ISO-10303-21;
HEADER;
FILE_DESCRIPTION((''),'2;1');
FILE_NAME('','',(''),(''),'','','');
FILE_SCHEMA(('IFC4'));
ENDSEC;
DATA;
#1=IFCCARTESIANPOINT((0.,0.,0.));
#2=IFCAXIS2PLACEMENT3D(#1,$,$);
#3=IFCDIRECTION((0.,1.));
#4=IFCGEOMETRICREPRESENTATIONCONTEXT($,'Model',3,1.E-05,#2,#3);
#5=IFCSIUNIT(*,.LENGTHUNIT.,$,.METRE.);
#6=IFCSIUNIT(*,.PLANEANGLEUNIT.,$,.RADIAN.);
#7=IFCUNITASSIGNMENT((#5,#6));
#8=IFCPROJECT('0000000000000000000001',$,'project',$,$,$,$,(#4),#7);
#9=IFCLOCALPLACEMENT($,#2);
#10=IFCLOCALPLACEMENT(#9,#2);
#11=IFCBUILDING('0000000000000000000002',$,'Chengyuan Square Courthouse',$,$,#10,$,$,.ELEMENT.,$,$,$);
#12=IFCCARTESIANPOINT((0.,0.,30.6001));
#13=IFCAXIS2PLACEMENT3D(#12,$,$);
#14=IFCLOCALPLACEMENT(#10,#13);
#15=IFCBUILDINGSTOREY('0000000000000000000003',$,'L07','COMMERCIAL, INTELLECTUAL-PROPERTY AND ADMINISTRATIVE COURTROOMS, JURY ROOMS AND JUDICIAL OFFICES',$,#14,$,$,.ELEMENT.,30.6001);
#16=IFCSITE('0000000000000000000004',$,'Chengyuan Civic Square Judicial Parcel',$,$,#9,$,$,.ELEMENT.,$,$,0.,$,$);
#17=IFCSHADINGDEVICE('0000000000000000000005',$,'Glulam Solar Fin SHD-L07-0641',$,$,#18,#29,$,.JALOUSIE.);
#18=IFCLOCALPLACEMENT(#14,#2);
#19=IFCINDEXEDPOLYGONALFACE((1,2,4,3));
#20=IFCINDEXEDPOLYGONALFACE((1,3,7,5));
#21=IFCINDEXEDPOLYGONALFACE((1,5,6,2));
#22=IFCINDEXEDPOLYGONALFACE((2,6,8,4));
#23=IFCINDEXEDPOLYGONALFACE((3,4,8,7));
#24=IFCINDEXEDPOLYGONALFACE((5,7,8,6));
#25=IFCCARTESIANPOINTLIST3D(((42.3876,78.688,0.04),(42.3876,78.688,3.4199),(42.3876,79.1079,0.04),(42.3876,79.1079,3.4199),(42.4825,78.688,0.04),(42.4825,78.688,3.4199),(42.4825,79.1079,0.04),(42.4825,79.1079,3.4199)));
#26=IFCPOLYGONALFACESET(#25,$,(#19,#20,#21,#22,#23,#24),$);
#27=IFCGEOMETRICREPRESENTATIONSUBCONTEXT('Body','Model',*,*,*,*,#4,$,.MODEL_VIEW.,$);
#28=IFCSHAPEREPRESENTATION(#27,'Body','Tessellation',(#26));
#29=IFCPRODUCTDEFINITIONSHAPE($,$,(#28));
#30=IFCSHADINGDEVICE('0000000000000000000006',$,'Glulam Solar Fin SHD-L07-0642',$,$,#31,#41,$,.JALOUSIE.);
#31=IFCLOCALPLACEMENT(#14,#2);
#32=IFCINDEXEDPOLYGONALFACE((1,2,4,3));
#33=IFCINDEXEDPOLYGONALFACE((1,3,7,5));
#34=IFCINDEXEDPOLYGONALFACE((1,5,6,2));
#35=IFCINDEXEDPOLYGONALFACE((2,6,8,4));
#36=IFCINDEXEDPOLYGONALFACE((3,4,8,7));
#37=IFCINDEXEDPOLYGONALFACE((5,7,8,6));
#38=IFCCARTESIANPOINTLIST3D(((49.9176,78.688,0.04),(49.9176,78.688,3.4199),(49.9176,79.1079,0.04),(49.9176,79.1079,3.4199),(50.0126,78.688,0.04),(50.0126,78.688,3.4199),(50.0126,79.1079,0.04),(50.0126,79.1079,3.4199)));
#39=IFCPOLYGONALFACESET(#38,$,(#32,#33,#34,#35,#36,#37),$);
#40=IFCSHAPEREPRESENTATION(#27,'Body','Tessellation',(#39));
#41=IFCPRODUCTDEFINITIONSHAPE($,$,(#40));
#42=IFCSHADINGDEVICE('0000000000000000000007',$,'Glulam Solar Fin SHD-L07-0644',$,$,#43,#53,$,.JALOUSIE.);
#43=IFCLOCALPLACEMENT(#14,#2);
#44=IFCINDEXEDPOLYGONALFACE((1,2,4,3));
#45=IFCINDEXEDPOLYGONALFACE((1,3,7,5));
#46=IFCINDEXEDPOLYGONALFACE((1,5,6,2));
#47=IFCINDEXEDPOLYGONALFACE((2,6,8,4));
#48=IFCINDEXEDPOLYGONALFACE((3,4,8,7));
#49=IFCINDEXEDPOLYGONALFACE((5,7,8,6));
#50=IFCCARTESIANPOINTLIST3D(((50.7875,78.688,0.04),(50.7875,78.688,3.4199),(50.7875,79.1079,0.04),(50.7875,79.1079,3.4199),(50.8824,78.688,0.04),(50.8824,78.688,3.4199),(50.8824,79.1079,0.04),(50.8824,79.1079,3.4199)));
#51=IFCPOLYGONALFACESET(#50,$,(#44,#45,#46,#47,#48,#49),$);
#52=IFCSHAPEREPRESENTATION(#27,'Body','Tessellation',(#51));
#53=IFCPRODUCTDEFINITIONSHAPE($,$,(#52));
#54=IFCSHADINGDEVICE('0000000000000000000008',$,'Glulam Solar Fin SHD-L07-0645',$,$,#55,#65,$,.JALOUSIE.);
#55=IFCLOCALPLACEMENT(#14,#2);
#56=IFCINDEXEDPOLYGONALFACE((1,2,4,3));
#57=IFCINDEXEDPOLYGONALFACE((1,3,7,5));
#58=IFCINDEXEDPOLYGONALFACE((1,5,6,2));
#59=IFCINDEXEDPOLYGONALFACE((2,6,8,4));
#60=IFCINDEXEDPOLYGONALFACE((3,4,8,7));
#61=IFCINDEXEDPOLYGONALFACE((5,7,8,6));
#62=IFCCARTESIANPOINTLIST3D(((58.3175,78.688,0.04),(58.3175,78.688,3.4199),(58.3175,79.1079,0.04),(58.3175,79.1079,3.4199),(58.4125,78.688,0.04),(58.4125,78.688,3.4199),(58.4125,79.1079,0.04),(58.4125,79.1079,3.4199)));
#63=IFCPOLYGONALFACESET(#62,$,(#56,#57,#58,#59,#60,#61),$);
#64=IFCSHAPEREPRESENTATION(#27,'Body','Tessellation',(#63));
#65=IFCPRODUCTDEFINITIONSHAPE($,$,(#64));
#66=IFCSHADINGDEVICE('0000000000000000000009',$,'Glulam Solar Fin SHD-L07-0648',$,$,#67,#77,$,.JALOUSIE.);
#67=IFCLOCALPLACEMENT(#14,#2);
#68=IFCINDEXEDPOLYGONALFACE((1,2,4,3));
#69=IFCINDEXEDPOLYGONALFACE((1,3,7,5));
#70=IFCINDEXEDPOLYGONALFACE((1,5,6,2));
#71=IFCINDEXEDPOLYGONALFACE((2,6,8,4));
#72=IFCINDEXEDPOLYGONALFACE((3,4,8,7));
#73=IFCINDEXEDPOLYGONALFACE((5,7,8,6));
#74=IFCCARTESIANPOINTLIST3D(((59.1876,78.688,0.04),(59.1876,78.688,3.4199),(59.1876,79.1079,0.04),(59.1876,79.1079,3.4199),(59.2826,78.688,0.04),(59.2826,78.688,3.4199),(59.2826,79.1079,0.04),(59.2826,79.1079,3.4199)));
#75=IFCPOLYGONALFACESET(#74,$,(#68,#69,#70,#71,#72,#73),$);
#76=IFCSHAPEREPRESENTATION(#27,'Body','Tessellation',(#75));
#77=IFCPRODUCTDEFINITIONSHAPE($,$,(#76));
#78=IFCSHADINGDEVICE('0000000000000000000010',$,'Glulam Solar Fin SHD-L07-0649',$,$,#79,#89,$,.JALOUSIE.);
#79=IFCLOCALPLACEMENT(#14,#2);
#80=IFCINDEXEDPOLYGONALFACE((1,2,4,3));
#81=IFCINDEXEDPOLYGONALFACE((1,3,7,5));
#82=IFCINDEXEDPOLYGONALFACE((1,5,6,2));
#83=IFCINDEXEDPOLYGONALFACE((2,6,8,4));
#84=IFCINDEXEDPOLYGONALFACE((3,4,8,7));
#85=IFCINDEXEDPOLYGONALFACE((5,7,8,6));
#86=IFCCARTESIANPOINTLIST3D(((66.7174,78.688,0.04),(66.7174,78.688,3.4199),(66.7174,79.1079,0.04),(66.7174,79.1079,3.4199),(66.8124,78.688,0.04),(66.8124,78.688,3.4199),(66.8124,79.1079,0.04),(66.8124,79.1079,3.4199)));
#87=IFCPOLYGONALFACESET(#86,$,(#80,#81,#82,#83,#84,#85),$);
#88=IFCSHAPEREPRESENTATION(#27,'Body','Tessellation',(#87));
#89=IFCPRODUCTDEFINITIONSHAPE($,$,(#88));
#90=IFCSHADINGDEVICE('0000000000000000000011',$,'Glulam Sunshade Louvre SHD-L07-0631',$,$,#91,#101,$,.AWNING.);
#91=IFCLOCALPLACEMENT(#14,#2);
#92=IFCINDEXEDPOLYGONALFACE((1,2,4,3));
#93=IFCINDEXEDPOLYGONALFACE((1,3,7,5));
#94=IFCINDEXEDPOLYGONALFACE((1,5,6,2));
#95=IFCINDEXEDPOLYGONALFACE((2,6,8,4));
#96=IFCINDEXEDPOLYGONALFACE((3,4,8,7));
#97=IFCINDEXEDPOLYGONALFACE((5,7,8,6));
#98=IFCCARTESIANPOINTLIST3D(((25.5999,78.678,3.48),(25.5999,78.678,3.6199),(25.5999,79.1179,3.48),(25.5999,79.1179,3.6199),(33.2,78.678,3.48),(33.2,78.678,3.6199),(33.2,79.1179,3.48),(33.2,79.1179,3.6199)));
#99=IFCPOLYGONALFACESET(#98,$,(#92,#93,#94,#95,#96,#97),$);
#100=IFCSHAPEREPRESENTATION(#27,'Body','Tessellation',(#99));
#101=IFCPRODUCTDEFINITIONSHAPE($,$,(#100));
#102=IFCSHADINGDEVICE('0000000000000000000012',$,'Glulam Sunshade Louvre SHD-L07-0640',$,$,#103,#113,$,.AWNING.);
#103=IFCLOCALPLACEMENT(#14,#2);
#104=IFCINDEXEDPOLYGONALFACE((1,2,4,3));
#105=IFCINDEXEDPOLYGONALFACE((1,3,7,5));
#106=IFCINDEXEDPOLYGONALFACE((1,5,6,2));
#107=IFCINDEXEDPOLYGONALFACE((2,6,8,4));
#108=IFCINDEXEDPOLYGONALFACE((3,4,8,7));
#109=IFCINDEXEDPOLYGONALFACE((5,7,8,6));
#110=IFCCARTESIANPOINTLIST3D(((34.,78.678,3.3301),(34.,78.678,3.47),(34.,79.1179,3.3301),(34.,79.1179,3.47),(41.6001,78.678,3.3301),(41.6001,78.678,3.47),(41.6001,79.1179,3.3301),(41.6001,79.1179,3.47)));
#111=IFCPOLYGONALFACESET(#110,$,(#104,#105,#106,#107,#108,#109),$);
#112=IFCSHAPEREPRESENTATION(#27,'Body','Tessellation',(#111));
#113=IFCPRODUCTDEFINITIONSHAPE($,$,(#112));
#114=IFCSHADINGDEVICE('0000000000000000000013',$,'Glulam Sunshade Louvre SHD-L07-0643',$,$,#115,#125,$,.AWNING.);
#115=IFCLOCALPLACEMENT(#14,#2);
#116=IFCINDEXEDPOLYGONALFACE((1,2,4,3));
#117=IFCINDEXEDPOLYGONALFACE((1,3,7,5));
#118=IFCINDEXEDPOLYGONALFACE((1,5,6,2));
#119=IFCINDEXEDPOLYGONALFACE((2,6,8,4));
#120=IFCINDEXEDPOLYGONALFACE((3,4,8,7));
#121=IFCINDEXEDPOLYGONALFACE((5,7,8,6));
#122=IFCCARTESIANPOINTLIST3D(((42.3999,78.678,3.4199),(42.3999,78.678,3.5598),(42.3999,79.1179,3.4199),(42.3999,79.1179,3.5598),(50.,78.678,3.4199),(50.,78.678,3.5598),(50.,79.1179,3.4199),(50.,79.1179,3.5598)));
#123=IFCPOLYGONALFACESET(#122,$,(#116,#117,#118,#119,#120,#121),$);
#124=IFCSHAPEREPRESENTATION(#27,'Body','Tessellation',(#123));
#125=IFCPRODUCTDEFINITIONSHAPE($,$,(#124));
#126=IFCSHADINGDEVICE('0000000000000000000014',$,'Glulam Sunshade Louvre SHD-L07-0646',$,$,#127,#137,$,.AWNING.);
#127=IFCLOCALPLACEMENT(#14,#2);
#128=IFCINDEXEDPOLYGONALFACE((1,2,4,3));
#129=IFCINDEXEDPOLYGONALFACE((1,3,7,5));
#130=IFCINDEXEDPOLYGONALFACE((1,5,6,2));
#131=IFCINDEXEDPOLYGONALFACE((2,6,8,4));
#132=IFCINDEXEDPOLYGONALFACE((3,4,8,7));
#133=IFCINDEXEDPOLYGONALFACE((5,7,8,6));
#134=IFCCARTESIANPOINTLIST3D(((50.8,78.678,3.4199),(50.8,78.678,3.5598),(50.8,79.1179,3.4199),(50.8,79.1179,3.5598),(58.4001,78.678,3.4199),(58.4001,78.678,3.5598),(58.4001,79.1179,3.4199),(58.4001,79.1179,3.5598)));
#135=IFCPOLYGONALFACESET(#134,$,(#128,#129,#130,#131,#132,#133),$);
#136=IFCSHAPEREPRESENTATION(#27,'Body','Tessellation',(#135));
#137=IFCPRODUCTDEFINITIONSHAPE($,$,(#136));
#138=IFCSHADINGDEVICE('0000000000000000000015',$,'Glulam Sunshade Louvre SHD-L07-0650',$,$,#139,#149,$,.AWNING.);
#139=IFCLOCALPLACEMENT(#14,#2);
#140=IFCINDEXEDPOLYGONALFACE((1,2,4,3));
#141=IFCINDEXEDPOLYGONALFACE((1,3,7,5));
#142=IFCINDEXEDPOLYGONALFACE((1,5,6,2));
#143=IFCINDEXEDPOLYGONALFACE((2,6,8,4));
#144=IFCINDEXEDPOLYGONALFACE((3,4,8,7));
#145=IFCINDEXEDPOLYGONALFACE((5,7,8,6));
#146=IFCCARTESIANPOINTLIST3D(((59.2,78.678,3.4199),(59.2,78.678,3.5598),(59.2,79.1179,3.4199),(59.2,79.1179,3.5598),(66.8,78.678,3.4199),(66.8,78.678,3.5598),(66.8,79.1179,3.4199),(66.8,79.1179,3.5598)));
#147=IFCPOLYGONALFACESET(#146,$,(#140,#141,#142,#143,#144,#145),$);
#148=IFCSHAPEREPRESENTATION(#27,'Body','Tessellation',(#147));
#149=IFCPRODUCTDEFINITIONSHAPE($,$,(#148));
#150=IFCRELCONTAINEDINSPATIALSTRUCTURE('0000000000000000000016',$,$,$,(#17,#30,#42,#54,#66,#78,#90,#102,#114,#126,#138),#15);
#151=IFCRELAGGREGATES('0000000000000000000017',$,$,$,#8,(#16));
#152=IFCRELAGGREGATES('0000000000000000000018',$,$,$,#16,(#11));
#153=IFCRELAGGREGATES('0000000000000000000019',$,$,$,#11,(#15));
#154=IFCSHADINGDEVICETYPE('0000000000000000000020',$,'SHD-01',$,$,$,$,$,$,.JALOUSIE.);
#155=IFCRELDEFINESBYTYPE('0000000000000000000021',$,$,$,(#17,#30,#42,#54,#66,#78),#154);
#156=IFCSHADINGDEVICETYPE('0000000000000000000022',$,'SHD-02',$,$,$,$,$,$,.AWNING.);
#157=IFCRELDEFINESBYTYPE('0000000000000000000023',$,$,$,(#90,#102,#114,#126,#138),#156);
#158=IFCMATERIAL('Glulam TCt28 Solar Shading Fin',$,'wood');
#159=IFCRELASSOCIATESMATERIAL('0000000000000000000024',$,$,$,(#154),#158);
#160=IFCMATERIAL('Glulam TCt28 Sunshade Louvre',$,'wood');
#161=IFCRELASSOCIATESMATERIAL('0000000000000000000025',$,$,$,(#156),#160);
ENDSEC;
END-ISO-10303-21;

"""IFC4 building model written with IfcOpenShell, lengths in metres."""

from ifc_helpers import new_model, si_unit, direction, frame, origin, origin_2d, place, context, subcontext, project, spatial, rectangle, extrude, material, type_object, element, save


model = new_model("IFC4")

# Units and contexts
model_context = context("Model", 3, precision=1e-05, world=origin(), true_north=direction((0.0, 1.0)))
body_context = subcontext(model_context, "Body", "Model", "MODEL_VIEW")
ifc_project = project(units=[si_unit("LENGTHUNIT", "METRE"), si_unit("PLANEANGLEUNIT", "RADIAN")], contexts=[model_context])

# Site, building, storey
site_placement = place(None, origin())
site = spatial("IfcSite", under=ifc_project, at=site_placement, Name="Chengyuan Civic Square Judicial Parcel", CompositionType="ELEMENT", RefElevation=0.0)
building_placement = place(site_placement, origin())
building = spatial("IfcBuilding", under=site, at=building_placement, Name="Chengyuan Square Courthouse", CompositionType="ELEMENT")
storey_placement = place(building_placement, frame((0.0, 0.0, 30.6001)))
storey = spatial("IfcBuildingStorey", under=building, at=storey_placement, Name="L07", Description="COMMERCIAL, INTELLECTUAL-PROPERTY AND ADMINISTRATIVE COURTROOMS, JURY ROOMS AND JUDICIAL OFFICES", CompositionType="ELEMENT", Elevation=30.6001)

# Shading devices
ifc_material_1 = material(Name="Glulam TCt28 Solar Shading Fin", Category="wood")
shading_device_type_1 = type_object("IfcShadingDeviceType", Name="SHD-01", PredefinedType="JALOUSIE", material=ifc_material_1)
for number, where, z_axis, x_axis, name in (
    (1, (42.4351, 78.8979, 0.04), (0.0, 0.0, 1.0), (0.0, 1.0, 0.0), "Glulam Solar Fin SHD-L07-0641"),
    (2, (49.9651, 78.8979, 0.04), (0.0, 0.0, 1.0), (0.0, 1.0, 0.0), "Glulam Solar Fin SHD-L07-0642"),
    (3, (50.835, 78.8979, 0.04), (0.0, 0.0, 1.0), (0.0, 1.0, 0.0), "Glulam Solar Fin SHD-L07-0644"),
    (4, (58.365, 78.8979, 0.04), (0.0, 0.0, 1.0), (0.0, 1.0, 0.0), "Glulam Solar Fin SHD-L07-0645"),
    (5, (59.2351, 78.8979, 0.04), (0.0, 0.0, 1.0), (0.0, 1.0, 0.0), "Glulam Solar Fin SHD-L07-0648"),
    (6, (66.7649, 78.8979, 0.04), (0.0, 0.0, 1.0), (0.0, 1.0, 0.0), "Glulam Solar Fin SHD-L07-0649"),
):
    element("IfcShadingDevice", number, at=place(storey_placement, frame(where, z_axis=z_axis, x_axis=x_axis)), inside=storey, type_object=shading_device_type_1, Name=name, PredefinedType="JALOUSIE", context=body_context, shape_type="SweptSolid", body=[
        extrude(rectangle(XDim=0.4199, YDim=0.095, at=origin_2d()), origin(), (0.0, 0.0, 1.0), 3.3799),
    ])
ifc_material_2 = material(Name="Glulam TCt28 Sunshade Louvre", Category="wood")
shading_device_type_2 = type_object("IfcShadingDeviceType", Name="SHD-02", PredefinedType="AWNING", material=ifc_material_2)
for number, where, z_axis, x_axis, name in (
    (7, (29.3999, 78.8979, 3.48), (0.0, 0.0, 1.0), (1.0, 0.0, 0.0), "Glulam Sunshade Louvre SHD-L07-0631"),
    (8, (37.8, 78.8979, 3.3301), (0.0, 0.0, 1.0), (1.0, 0.0, 0.0), "Glulam Sunshade Louvre SHD-L07-0640"),
    (9, (46.2, 78.8979, 3.4199), (0.0, 0.0, 1.0), (1.0, 0.0, 0.0), "Glulam Sunshade Louvre SHD-L07-0643"),
    (10, (54.6001, 78.8979, 3.4199), (0.0, 0.0, 1.0), (1.0, 0.0, 0.0), "Glulam Sunshade Louvre SHD-L07-0646"),
    (11, (63.0, 78.8979, 3.4199), (0.0, 0.0, 1.0), (1.0, 0.0, 0.0), "Glulam Sunshade Louvre SHD-L07-0650"),
):
    element("IfcShadingDevice", number, at=place(storey_placement, frame(where, z_axis=z_axis, x_axis=x_axis)), inside=storey, type_object=shading_device_type_2, Name=name, PredefinedType="AWNING", context=body_context, shape_type="SweptSolid", body=[
        extrude(rectangle(XDim=7.6001, YDim=0.4399, at=origin_2d()), origin(), (0.0, 0.0, 1.0), 0.1399),
    ])

save(model, "model.ifc")
